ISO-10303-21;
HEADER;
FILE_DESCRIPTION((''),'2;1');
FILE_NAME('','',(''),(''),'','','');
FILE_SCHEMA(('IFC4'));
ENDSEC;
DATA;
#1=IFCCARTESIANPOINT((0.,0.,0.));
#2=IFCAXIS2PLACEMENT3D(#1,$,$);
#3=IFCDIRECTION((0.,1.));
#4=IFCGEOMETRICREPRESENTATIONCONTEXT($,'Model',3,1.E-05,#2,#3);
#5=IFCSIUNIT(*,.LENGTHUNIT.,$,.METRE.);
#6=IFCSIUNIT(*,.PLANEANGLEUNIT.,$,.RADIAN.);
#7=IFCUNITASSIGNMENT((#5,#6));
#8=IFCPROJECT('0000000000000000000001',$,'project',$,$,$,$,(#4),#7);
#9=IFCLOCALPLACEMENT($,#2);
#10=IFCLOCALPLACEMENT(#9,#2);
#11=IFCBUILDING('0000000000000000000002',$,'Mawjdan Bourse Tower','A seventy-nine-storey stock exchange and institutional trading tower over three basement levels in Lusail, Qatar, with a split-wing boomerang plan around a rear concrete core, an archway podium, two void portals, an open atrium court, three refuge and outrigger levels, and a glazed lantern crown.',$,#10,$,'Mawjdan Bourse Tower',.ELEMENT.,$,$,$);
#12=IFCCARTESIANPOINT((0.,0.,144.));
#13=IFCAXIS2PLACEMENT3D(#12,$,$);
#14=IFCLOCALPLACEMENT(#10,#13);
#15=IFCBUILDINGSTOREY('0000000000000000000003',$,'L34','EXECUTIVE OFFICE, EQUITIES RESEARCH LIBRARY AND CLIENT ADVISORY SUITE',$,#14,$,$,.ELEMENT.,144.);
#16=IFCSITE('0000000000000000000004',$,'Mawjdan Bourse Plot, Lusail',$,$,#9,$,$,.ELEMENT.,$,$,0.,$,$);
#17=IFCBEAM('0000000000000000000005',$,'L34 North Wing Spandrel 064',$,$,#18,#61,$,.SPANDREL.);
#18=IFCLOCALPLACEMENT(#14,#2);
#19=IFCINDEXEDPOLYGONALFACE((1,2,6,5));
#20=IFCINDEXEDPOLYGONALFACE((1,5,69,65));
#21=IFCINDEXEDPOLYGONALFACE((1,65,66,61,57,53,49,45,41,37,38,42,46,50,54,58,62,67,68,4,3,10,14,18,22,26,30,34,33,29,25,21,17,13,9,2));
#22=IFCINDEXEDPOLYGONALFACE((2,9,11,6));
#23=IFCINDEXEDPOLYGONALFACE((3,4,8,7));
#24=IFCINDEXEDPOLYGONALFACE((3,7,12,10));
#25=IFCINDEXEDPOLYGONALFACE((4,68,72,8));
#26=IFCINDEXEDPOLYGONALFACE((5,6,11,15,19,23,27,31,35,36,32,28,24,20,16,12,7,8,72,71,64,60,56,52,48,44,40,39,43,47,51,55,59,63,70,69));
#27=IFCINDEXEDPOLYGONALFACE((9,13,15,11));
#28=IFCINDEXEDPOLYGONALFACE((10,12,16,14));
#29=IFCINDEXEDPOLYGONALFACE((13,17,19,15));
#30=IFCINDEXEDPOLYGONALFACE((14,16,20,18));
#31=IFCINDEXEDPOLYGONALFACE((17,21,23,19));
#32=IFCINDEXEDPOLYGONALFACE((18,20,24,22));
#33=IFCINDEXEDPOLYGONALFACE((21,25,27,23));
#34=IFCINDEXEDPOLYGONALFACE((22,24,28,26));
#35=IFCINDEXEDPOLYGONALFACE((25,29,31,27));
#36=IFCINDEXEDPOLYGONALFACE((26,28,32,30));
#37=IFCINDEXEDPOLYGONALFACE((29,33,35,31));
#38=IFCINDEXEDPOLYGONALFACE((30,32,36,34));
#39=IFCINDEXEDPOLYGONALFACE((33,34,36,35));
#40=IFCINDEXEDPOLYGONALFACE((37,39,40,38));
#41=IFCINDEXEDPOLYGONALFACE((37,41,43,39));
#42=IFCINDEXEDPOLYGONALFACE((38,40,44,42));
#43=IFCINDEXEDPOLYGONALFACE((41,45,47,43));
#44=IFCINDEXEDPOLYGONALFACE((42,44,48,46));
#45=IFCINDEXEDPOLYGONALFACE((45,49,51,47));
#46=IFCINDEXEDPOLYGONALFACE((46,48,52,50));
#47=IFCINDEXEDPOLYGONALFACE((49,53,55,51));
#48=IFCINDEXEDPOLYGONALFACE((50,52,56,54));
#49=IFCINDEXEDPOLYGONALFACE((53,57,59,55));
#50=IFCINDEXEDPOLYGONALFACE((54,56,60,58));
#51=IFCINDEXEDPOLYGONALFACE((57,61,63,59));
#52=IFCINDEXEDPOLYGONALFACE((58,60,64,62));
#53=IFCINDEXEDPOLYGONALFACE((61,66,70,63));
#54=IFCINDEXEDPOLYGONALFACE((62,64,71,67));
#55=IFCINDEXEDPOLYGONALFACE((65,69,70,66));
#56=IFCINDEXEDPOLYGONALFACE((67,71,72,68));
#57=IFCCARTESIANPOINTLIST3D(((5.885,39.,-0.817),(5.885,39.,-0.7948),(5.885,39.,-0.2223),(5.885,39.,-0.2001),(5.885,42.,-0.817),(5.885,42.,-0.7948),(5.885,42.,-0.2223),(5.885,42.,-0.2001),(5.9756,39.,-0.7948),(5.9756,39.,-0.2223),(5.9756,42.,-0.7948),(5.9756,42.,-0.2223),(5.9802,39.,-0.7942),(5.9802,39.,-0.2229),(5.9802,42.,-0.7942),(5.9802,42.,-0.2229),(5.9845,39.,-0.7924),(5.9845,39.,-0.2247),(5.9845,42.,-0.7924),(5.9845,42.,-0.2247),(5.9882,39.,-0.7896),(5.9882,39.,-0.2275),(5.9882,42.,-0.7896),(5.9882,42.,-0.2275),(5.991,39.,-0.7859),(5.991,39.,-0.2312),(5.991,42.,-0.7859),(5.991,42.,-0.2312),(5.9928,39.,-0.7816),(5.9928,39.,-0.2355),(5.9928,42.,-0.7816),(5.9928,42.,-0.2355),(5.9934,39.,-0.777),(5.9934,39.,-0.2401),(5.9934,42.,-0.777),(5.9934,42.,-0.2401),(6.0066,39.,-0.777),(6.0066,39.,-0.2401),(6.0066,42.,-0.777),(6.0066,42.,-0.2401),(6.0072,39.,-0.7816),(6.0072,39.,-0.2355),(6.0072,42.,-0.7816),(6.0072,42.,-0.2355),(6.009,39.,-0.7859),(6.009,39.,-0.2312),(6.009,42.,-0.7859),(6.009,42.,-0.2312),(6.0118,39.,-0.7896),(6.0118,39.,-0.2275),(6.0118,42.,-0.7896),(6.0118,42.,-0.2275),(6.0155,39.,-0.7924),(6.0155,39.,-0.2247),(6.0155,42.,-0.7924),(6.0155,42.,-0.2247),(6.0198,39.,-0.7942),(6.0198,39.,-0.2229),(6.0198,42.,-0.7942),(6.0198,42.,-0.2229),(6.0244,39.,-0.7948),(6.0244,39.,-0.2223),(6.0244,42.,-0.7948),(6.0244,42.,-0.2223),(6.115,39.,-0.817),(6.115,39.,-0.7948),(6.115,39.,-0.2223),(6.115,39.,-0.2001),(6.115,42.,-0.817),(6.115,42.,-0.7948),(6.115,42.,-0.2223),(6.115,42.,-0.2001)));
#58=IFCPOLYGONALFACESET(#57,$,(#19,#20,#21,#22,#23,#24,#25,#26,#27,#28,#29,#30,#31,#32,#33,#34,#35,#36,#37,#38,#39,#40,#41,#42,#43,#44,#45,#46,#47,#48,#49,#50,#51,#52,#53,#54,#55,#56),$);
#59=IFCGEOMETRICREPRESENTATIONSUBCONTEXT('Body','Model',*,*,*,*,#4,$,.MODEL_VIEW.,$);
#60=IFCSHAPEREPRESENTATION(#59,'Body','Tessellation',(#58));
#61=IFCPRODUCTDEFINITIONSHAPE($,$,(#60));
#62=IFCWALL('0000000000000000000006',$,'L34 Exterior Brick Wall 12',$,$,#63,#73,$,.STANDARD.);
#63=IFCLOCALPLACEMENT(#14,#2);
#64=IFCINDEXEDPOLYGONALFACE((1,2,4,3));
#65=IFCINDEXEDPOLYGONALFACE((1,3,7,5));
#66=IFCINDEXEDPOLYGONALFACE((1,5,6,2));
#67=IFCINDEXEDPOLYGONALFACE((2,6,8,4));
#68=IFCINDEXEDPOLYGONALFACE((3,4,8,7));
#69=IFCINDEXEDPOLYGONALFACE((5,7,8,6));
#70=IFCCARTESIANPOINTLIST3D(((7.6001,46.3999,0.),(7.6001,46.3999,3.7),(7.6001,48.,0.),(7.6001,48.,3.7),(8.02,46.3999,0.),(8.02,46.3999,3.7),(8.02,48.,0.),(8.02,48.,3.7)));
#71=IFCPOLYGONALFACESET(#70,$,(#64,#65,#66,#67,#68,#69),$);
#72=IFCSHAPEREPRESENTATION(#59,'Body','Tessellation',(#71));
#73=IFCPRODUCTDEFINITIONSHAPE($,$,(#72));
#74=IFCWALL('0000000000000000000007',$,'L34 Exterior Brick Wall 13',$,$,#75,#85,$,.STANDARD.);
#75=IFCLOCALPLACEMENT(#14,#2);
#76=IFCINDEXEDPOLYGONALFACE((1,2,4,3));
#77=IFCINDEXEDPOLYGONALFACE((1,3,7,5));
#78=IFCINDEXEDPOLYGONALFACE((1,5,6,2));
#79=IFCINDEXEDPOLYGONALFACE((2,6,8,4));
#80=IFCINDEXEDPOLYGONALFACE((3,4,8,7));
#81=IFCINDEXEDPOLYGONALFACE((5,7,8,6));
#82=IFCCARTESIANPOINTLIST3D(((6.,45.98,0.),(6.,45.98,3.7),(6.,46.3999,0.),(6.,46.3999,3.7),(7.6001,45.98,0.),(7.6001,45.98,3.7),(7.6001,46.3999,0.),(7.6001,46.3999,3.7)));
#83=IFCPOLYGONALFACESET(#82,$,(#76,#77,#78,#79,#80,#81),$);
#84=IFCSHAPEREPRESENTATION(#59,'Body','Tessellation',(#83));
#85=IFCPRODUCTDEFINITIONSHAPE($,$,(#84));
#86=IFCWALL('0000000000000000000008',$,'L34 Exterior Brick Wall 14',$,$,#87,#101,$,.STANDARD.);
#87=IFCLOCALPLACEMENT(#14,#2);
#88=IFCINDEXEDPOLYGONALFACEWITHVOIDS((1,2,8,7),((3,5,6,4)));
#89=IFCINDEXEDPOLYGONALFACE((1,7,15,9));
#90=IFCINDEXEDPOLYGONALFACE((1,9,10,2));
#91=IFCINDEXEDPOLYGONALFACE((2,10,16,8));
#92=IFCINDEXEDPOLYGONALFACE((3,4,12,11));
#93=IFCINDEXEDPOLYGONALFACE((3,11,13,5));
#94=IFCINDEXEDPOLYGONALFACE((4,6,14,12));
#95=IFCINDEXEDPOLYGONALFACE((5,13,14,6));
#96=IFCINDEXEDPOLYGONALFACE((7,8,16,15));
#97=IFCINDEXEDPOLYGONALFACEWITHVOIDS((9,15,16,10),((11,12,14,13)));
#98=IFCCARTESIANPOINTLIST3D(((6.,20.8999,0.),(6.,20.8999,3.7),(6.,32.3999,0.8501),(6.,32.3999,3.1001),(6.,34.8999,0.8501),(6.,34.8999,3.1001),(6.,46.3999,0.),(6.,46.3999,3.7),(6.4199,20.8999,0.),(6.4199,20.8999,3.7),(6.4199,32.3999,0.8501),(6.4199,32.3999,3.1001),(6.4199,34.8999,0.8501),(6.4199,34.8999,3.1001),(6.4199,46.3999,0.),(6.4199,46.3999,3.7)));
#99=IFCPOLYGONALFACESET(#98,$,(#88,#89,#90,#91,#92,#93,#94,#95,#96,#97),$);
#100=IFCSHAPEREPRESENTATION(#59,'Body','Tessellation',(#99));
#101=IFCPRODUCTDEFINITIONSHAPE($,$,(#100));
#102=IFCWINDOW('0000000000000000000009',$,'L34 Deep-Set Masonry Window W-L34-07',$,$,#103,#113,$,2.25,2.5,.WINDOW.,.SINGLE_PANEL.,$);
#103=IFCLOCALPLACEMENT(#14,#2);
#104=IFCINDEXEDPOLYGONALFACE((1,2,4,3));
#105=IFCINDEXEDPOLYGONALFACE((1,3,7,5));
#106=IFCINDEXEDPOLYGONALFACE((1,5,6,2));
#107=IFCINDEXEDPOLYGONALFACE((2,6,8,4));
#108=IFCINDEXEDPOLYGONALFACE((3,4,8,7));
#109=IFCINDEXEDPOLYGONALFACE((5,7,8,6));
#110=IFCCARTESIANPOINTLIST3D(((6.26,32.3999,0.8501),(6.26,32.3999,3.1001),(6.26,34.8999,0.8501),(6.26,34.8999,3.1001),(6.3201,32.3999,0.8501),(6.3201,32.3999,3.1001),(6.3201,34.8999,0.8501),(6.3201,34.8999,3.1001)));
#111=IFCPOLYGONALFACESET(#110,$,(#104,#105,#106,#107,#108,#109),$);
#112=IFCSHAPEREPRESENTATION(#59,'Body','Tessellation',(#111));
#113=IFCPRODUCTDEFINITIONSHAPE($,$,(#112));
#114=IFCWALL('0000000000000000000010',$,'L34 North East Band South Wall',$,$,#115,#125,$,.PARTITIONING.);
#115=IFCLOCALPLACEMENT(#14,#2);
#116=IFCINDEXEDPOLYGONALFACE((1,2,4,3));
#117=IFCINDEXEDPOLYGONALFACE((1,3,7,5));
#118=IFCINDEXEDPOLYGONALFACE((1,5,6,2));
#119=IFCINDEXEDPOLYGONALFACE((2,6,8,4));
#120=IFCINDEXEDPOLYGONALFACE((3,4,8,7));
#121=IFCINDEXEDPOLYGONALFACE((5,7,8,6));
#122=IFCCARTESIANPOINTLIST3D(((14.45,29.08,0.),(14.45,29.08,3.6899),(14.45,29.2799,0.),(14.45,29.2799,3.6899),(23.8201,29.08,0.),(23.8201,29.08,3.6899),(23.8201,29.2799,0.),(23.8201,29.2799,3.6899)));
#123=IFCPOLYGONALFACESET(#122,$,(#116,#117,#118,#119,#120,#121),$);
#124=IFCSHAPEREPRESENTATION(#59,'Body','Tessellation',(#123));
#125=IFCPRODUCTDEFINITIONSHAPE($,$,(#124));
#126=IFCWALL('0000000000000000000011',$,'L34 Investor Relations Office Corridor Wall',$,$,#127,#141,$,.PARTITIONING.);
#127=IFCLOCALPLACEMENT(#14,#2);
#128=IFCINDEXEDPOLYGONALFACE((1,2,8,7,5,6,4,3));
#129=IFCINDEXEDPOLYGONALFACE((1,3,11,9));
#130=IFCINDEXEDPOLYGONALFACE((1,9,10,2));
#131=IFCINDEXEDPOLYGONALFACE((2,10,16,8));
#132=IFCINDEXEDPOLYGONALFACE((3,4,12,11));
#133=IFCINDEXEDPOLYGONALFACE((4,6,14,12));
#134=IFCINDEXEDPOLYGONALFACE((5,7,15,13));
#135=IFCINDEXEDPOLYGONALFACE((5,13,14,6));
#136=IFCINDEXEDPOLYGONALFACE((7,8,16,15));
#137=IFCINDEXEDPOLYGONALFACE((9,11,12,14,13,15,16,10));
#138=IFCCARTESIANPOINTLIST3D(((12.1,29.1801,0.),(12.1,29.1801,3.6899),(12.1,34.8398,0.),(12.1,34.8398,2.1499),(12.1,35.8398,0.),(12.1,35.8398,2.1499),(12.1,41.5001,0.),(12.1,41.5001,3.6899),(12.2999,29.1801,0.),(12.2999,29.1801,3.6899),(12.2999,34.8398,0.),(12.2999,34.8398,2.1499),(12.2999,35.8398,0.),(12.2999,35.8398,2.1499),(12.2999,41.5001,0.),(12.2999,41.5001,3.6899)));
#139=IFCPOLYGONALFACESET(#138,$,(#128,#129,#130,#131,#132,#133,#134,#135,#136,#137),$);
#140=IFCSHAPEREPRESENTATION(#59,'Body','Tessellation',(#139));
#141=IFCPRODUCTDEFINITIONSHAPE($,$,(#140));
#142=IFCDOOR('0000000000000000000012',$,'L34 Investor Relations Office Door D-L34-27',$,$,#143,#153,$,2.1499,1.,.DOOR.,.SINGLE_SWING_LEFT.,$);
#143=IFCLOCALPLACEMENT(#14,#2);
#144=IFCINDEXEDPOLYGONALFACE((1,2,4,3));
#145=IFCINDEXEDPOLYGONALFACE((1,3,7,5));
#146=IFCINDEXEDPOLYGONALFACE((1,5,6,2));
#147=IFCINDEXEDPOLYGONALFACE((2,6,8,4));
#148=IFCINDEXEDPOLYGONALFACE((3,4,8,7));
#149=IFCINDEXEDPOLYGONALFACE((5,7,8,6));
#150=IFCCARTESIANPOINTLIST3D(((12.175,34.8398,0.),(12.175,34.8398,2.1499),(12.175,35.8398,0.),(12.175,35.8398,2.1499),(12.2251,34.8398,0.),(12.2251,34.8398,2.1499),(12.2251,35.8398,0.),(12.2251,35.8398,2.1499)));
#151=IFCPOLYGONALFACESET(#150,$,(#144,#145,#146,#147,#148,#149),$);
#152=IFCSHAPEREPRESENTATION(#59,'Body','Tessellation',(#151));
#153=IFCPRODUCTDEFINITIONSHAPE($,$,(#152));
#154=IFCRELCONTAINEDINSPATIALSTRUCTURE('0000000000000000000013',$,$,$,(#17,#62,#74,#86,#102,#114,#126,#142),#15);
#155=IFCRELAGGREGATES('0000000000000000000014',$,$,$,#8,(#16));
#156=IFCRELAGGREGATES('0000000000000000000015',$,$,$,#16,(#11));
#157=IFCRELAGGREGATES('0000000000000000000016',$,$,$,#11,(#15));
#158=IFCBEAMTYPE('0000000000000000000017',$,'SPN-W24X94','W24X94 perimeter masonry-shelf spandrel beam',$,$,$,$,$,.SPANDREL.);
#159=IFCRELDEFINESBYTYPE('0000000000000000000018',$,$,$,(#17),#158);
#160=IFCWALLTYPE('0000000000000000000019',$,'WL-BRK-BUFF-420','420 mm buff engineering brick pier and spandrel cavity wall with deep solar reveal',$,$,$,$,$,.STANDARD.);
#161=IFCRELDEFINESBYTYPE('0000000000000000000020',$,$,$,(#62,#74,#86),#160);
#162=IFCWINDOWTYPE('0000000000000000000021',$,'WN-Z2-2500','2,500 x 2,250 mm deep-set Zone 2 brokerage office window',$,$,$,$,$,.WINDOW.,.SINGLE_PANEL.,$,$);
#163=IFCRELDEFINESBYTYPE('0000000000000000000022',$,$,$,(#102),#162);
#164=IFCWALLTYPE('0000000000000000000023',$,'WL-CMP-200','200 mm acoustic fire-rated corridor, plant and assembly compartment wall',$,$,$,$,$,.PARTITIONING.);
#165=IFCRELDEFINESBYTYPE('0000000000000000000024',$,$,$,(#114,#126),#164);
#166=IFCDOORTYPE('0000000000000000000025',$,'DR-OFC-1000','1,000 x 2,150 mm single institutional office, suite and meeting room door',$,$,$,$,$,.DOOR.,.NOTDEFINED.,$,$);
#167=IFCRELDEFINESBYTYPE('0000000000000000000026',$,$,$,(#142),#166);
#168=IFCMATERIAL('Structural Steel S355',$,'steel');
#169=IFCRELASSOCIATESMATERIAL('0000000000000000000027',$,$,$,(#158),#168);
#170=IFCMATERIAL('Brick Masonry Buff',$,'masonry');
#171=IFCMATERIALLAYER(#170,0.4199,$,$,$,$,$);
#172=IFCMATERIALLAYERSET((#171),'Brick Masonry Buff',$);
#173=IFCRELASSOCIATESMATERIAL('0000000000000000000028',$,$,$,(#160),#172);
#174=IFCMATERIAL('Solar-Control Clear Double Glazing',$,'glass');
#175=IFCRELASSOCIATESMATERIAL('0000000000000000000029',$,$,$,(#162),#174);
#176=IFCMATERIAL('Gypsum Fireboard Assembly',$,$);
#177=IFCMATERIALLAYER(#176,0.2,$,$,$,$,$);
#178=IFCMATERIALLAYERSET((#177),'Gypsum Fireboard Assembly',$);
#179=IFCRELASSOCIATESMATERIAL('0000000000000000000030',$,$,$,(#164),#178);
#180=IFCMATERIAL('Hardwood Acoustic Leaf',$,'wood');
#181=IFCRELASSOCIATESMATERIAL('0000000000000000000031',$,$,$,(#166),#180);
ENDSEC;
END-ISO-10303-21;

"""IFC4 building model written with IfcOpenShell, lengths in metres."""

from ifc_helpers import new_model, si_unit, direction, frame, frame_2d, origin, origin_2d, place, context, subcontext, project, spatial, rectangle, i_section, extrude, material, layer, layer_set, material_profile, profile_set, type_object, element, fill, save


model = new_model("IFC4")

# Units and contexts
model_context = context("Model", 3, precision=1e-05, world=origin(), true_north=direction((0.0, 1.0)))
body_context = subcontext(model_context, "Body", "Model", "MODEL_VIEW")
ifc_project = project(units=[si_unit("LENGTHUNIT", "METRE"), si_unit("PLANEANGLEUNIT", "RADIAN")], contexts=[model_context])

# Site, building, storey
site_placement = place(None, origin())
site = spatial("IfcSite", under=ifc_project, at=site_placement, Name="Mawjdan Bourse Plot, Lusail", CompositionType="ELEMENT", RefElevation=0.0)
building_placement = place(site_placement, origin())
building = spatial("IfcBuilding", under=site, at=building_placement, Name="Mawjdan Bourse Tower", Description="A seventy-nine-storey stock exchange and institutional trading tower over three basement levels in Lusail, Qatar, with a split-wing boomerang plan around a rear concrete core, an archway podium, two void portals, an open atrium court, three refuge and outrigger levels, and a glazed lantern crown.", LongName="Mawjdan Bourse Tower", CompositionType="ELEMENT")
storey_placement = place(building_placement, frame((0.0, 0.0, 144.0)))
storey = spatial("IfcBuildingStorey", under=building, at=storey_placement, Name="L34", Description="EXECUTIVE OFFICE, EQUITIES RESEARCH LIBRARY AND CLIENT ADVISORY SUITE", CompositionType="ELEMENT", Elevation=144.0)

# Beam
ifc_material_1 = material(Name="Structural Steel S355", Category="steel")
ifc_material_profile_1 = material_profile(ifc_material_1, i_section(OverallWidth=0.23, OverallDepth=0.6169, WebThickness=0.0132, FlangeThickness=0.0222, FilletRadius=0.0178, at=origin_2d()), Name="W24X94")
ifc_profile_set_1 = profile_set([ifc_material_profile_1], Name="Structural Steel S355")
beam_type_1 = type_object("IfcBeamType", Name="SPN-W24X94", Description="W24X94 perimeter masonry-shelf spandrel beam", PredefinedType="SPANDREL", material=ifc_profile_set_1)
for number, where, z_axis, x_axis, name in (
    (1, (6.0, 39.0, -0.5085), (0.0, 1.0, 0.0), (-1.0, 0.0, 0.0), "L34 North Wing Spandrel 064"),
):
    element("IfcBeam", number, at=place(storey_placement, frame(where, z_axis=z_axis, x_axis=x_axis)), inside=storey, type_object=beam_type_1, Name=name, PredefinedType="SPANDREL", context=body_context, shape_type="SweptSolid", body=[
        extrude(i_section(OverallWidth=0.23, OverallDepth=0.6169, WebThickness=0.0132, FlangeThickness=0.0222, FilletRadius=0.0178, at=origin_2d()), origin(), (0.0, 0.0, 1.0), 3.0),
    ])

# Walls
ifc_material_2 = material(Name="Brick Masonry Buff", Category="masonry")
ifc_layer_1 = layer(ifc_material_2, 0.4199)
ifc_layer_set_1 = layer_set([ifc_layer_1], Name="Brick Masonry Buff")
wall_type_1 = type_object("IfcWallType", Name="WL-BRK-BUFF-420", Description="420 mm buff engineering brick pier and spandrel cavity wall with deep solar reveal", PredefinedType="STANDARD", material=ifc_layer_set_1)
for number, where, z_axis, x_axis, name in (
    (2, (7.8101, 48.0, 0.0), (0.0, 0.0, 1.0), (0.0, -1.0, 0.0), "L34 Exterior Brick Wall 12"),
    (3, (7.6001, 46.1899, 0.0), (0.0, 0.0, 1.0), (-1.0, 0.0, 0.0), "L34 Exterior Brick Wall 13"),
):
    element("IfcWall", number, at=place(storey_placement, frame(where, z_axis=z_axis, x_axis=x_axis)), inside=storey, type_object=wall_type_1, Name=name, PredefinedType="STANDARD", context=body_context, shape_type="SweptSolid", body=[
        extrude(rectangle(XDim=1.6001, YDim=0.4199, at=frame_2d((0.8, 0.0))), origin(), (0.0, 0.0, 1.0), 3.7),
    ])

# Wall, opening, window
wall_1_placement = place(storey_placement, frame((6.21, 46.3999, 0.0), z_axis=(0.0, 0.0, 1.0), x_axis=(0.0, -1.0, 0.0)))
wall_1 = element("IfcWall", 4, at=wall_1_placement, inside=storey, type_object=wall_type_1, Name="L34 Exterior Brick Wall 14", PredefinedType="STANDARD", context=body_context, shape_type="SweptSolid", body=[
    extrude(rectangle(XDim=25.5, YDim=0.4199, at=frame_2d((12.75, 0.0))), origin(), (0.0, 0.0, 1.0), 3.7),
])
opening_1_placement = place(wall_1_placement, frame((11.5, 0.0, 0.8501)))
opening_1 = element("IfcOpeningElement", 5, at=opening_1_placement, cuts=wall_1, PredefinedType="OPENING", context=body_context, shape_type="SweptSolid", body=[
    extrude(rectangle(XDim=2.5, YDim=2.25, at=frame_2d((1.25, 1.125))), frame((0.0, 0.22, 0.0), z_axis=(0.0, -1.0, 0.0), x_axis=(1.0, 0.0, 0.0)), (0.0, 0.0, 1.0), 0.4399),
])
ifc_material_3 = material(Name="Solar-Control Clear Double Glazing", Category="glass")
window_type = type_object("IfcWindowType", Name="WN-Z2-2500", Description="2,500 x 2,250 mm deep-set Zone 2 brokerage office window", PartitioningType="SINGLE_PANEL", PredefinedType="WINDOW", material=ifc_material_3)
window_placement = place(opening_1_placement, origin())
window = element("IfcWindow", 6, at=window_placement, inside=storey, type_object=window_type, Name="L34 Deep-Set Masonry Window W-L34-07", OverallHeight=2.25, OverallWidth=2.5, PartitioningType="SINGLE_PANEL", PredefinedType="WINDOW", context=body_context, shape_type="SweptSolid", body=[
    extrude(rectangle(XDim=2.5, YDim=2.25, at=frame_2d((1.25, 1.125))), frame((0.0, 0.1101, 0.0), z_axis=(0.0, -1.0, 0.0), x_axis=(1.0, 0.0, 0.0)), (0.0, 0.0, 1.0), 0.0601),
])
fill(opening_1, window)

# Wall
ifc_material_4 = material(Name="Gypsum Fireboard Assembly")
ifc_layer_2 = layer(ifc_material_4, 0.2)
ifc_layer_set_2 = layer_set([ifc_layer_2], Name="Gypsum Fireboard Assembly")
wall_type_2 = type_object("IfcWallType", Name="WL-CMP-200", Description="200 mm acoustic fire-rated corridor, plant and assembly compartment wall", PredefinedType="PARTITIONING", material=ifc_layer_set_2)
wall_2_placement = place(storey_placement, frame((14.45, 29.1799, 0.0), z_axis=(0.0, 0.0, 1.0), x_axis=(1.0, 0.0, 0.0)))
element("IfcWall", 7, at=wall_2_placement, inside=storey, type_object=wall_type_2, Name="L34 North East Band South Wall", PredefinedType="PARTITIONING", context=body_context, shape_type="SweptSolid", body=[
    extrude(rectangle(XDim=9.3701, YDim=0.2, at=frame_2d((4.6851, 0.0))), origin(), (0.0, 0.0, 1.0), 3.6899),
])

# Wall, opening, door
wall_3_placement = place(storey_placement, frame((12.2, 29.1799, 0.0), z_axis=(0.0, 0.0, 1.0), x_axis=(0.0, 1.0, 0.0)))
wall_3 = element("IfcWall", 8, at=wall_3_placement, inside=storey, type_object=wall_type_2, Name="L34 Investor Relations Office Corridor Wall", PredefinedType="PARTITIONING", context=body_context, shape_type="SweptSolid", body=[
    extrude(rectangle(XDim=12.3201, YDim=0.2, at=frame_2d((6.1602, 0.0))), origin(), (0.0, 0.0, 1.0), 3.6899),
])
opening_2_placement = place(wall_3_placement, frame((5.6599, 0.0, 0.0)))
opening_2 = element("IfcOpeningElement", 9, at=opening_2_placement, cuts=wall_3, PredefinedType="OPENING", context=body_context, shape_type="SweptSolid", body=[
    extrude(rectangle(XDim=1.0, YDim=2.1499, at=frame_2d((0.5, 1.075))), frame((0.0, 0.1099, 0.0), z_axis=(0.0, -1.0, 0.0), x_axis=(1.0, 0.0, 0.0)), (0.0, 0.0, 1.0), 0.22),
])
ifc_material_5 = material(Name="Hardwood Acoustic Leaf", Category="wood")
door_type_1 = type_object("IfcDoorType", Name="DR-OFC-1000", Description="1,000 x 2,150 mm single institutional office, suite and meeting room door", OperationType="NOTDEFINED", PredefinedType="DOOR", material=ifc_material_5)
door_1_placement = place(opening_2_placement, origin())
door_1 = element("IfcDoor", 10, at=door_1_placement, inside=storey, type_object=door_type_1, Name="L34 Investor Relations Office Door D-L34-27", OperationType="SINGLE_SWING_LEFT", OverallHeight=2.1499, OverallWidth=1.0, PredefinedType="DOOR", context=body_context, shape_type="SweptSolid", body=[
    extrude(rectangle(XDim=1.0, YDim=2.1499, at=frame_2d((0.5, 1.075))), frame((0.0, 0.0249, 0.0), z_axis=(0.0, -1.0, 0.0), x_axis=(1.0, 0.0, 0.0)), (0.0, 0.0, 1.0), 0.05),
])
fill(opening_2, door_1)

save(model, "model.ifc")
